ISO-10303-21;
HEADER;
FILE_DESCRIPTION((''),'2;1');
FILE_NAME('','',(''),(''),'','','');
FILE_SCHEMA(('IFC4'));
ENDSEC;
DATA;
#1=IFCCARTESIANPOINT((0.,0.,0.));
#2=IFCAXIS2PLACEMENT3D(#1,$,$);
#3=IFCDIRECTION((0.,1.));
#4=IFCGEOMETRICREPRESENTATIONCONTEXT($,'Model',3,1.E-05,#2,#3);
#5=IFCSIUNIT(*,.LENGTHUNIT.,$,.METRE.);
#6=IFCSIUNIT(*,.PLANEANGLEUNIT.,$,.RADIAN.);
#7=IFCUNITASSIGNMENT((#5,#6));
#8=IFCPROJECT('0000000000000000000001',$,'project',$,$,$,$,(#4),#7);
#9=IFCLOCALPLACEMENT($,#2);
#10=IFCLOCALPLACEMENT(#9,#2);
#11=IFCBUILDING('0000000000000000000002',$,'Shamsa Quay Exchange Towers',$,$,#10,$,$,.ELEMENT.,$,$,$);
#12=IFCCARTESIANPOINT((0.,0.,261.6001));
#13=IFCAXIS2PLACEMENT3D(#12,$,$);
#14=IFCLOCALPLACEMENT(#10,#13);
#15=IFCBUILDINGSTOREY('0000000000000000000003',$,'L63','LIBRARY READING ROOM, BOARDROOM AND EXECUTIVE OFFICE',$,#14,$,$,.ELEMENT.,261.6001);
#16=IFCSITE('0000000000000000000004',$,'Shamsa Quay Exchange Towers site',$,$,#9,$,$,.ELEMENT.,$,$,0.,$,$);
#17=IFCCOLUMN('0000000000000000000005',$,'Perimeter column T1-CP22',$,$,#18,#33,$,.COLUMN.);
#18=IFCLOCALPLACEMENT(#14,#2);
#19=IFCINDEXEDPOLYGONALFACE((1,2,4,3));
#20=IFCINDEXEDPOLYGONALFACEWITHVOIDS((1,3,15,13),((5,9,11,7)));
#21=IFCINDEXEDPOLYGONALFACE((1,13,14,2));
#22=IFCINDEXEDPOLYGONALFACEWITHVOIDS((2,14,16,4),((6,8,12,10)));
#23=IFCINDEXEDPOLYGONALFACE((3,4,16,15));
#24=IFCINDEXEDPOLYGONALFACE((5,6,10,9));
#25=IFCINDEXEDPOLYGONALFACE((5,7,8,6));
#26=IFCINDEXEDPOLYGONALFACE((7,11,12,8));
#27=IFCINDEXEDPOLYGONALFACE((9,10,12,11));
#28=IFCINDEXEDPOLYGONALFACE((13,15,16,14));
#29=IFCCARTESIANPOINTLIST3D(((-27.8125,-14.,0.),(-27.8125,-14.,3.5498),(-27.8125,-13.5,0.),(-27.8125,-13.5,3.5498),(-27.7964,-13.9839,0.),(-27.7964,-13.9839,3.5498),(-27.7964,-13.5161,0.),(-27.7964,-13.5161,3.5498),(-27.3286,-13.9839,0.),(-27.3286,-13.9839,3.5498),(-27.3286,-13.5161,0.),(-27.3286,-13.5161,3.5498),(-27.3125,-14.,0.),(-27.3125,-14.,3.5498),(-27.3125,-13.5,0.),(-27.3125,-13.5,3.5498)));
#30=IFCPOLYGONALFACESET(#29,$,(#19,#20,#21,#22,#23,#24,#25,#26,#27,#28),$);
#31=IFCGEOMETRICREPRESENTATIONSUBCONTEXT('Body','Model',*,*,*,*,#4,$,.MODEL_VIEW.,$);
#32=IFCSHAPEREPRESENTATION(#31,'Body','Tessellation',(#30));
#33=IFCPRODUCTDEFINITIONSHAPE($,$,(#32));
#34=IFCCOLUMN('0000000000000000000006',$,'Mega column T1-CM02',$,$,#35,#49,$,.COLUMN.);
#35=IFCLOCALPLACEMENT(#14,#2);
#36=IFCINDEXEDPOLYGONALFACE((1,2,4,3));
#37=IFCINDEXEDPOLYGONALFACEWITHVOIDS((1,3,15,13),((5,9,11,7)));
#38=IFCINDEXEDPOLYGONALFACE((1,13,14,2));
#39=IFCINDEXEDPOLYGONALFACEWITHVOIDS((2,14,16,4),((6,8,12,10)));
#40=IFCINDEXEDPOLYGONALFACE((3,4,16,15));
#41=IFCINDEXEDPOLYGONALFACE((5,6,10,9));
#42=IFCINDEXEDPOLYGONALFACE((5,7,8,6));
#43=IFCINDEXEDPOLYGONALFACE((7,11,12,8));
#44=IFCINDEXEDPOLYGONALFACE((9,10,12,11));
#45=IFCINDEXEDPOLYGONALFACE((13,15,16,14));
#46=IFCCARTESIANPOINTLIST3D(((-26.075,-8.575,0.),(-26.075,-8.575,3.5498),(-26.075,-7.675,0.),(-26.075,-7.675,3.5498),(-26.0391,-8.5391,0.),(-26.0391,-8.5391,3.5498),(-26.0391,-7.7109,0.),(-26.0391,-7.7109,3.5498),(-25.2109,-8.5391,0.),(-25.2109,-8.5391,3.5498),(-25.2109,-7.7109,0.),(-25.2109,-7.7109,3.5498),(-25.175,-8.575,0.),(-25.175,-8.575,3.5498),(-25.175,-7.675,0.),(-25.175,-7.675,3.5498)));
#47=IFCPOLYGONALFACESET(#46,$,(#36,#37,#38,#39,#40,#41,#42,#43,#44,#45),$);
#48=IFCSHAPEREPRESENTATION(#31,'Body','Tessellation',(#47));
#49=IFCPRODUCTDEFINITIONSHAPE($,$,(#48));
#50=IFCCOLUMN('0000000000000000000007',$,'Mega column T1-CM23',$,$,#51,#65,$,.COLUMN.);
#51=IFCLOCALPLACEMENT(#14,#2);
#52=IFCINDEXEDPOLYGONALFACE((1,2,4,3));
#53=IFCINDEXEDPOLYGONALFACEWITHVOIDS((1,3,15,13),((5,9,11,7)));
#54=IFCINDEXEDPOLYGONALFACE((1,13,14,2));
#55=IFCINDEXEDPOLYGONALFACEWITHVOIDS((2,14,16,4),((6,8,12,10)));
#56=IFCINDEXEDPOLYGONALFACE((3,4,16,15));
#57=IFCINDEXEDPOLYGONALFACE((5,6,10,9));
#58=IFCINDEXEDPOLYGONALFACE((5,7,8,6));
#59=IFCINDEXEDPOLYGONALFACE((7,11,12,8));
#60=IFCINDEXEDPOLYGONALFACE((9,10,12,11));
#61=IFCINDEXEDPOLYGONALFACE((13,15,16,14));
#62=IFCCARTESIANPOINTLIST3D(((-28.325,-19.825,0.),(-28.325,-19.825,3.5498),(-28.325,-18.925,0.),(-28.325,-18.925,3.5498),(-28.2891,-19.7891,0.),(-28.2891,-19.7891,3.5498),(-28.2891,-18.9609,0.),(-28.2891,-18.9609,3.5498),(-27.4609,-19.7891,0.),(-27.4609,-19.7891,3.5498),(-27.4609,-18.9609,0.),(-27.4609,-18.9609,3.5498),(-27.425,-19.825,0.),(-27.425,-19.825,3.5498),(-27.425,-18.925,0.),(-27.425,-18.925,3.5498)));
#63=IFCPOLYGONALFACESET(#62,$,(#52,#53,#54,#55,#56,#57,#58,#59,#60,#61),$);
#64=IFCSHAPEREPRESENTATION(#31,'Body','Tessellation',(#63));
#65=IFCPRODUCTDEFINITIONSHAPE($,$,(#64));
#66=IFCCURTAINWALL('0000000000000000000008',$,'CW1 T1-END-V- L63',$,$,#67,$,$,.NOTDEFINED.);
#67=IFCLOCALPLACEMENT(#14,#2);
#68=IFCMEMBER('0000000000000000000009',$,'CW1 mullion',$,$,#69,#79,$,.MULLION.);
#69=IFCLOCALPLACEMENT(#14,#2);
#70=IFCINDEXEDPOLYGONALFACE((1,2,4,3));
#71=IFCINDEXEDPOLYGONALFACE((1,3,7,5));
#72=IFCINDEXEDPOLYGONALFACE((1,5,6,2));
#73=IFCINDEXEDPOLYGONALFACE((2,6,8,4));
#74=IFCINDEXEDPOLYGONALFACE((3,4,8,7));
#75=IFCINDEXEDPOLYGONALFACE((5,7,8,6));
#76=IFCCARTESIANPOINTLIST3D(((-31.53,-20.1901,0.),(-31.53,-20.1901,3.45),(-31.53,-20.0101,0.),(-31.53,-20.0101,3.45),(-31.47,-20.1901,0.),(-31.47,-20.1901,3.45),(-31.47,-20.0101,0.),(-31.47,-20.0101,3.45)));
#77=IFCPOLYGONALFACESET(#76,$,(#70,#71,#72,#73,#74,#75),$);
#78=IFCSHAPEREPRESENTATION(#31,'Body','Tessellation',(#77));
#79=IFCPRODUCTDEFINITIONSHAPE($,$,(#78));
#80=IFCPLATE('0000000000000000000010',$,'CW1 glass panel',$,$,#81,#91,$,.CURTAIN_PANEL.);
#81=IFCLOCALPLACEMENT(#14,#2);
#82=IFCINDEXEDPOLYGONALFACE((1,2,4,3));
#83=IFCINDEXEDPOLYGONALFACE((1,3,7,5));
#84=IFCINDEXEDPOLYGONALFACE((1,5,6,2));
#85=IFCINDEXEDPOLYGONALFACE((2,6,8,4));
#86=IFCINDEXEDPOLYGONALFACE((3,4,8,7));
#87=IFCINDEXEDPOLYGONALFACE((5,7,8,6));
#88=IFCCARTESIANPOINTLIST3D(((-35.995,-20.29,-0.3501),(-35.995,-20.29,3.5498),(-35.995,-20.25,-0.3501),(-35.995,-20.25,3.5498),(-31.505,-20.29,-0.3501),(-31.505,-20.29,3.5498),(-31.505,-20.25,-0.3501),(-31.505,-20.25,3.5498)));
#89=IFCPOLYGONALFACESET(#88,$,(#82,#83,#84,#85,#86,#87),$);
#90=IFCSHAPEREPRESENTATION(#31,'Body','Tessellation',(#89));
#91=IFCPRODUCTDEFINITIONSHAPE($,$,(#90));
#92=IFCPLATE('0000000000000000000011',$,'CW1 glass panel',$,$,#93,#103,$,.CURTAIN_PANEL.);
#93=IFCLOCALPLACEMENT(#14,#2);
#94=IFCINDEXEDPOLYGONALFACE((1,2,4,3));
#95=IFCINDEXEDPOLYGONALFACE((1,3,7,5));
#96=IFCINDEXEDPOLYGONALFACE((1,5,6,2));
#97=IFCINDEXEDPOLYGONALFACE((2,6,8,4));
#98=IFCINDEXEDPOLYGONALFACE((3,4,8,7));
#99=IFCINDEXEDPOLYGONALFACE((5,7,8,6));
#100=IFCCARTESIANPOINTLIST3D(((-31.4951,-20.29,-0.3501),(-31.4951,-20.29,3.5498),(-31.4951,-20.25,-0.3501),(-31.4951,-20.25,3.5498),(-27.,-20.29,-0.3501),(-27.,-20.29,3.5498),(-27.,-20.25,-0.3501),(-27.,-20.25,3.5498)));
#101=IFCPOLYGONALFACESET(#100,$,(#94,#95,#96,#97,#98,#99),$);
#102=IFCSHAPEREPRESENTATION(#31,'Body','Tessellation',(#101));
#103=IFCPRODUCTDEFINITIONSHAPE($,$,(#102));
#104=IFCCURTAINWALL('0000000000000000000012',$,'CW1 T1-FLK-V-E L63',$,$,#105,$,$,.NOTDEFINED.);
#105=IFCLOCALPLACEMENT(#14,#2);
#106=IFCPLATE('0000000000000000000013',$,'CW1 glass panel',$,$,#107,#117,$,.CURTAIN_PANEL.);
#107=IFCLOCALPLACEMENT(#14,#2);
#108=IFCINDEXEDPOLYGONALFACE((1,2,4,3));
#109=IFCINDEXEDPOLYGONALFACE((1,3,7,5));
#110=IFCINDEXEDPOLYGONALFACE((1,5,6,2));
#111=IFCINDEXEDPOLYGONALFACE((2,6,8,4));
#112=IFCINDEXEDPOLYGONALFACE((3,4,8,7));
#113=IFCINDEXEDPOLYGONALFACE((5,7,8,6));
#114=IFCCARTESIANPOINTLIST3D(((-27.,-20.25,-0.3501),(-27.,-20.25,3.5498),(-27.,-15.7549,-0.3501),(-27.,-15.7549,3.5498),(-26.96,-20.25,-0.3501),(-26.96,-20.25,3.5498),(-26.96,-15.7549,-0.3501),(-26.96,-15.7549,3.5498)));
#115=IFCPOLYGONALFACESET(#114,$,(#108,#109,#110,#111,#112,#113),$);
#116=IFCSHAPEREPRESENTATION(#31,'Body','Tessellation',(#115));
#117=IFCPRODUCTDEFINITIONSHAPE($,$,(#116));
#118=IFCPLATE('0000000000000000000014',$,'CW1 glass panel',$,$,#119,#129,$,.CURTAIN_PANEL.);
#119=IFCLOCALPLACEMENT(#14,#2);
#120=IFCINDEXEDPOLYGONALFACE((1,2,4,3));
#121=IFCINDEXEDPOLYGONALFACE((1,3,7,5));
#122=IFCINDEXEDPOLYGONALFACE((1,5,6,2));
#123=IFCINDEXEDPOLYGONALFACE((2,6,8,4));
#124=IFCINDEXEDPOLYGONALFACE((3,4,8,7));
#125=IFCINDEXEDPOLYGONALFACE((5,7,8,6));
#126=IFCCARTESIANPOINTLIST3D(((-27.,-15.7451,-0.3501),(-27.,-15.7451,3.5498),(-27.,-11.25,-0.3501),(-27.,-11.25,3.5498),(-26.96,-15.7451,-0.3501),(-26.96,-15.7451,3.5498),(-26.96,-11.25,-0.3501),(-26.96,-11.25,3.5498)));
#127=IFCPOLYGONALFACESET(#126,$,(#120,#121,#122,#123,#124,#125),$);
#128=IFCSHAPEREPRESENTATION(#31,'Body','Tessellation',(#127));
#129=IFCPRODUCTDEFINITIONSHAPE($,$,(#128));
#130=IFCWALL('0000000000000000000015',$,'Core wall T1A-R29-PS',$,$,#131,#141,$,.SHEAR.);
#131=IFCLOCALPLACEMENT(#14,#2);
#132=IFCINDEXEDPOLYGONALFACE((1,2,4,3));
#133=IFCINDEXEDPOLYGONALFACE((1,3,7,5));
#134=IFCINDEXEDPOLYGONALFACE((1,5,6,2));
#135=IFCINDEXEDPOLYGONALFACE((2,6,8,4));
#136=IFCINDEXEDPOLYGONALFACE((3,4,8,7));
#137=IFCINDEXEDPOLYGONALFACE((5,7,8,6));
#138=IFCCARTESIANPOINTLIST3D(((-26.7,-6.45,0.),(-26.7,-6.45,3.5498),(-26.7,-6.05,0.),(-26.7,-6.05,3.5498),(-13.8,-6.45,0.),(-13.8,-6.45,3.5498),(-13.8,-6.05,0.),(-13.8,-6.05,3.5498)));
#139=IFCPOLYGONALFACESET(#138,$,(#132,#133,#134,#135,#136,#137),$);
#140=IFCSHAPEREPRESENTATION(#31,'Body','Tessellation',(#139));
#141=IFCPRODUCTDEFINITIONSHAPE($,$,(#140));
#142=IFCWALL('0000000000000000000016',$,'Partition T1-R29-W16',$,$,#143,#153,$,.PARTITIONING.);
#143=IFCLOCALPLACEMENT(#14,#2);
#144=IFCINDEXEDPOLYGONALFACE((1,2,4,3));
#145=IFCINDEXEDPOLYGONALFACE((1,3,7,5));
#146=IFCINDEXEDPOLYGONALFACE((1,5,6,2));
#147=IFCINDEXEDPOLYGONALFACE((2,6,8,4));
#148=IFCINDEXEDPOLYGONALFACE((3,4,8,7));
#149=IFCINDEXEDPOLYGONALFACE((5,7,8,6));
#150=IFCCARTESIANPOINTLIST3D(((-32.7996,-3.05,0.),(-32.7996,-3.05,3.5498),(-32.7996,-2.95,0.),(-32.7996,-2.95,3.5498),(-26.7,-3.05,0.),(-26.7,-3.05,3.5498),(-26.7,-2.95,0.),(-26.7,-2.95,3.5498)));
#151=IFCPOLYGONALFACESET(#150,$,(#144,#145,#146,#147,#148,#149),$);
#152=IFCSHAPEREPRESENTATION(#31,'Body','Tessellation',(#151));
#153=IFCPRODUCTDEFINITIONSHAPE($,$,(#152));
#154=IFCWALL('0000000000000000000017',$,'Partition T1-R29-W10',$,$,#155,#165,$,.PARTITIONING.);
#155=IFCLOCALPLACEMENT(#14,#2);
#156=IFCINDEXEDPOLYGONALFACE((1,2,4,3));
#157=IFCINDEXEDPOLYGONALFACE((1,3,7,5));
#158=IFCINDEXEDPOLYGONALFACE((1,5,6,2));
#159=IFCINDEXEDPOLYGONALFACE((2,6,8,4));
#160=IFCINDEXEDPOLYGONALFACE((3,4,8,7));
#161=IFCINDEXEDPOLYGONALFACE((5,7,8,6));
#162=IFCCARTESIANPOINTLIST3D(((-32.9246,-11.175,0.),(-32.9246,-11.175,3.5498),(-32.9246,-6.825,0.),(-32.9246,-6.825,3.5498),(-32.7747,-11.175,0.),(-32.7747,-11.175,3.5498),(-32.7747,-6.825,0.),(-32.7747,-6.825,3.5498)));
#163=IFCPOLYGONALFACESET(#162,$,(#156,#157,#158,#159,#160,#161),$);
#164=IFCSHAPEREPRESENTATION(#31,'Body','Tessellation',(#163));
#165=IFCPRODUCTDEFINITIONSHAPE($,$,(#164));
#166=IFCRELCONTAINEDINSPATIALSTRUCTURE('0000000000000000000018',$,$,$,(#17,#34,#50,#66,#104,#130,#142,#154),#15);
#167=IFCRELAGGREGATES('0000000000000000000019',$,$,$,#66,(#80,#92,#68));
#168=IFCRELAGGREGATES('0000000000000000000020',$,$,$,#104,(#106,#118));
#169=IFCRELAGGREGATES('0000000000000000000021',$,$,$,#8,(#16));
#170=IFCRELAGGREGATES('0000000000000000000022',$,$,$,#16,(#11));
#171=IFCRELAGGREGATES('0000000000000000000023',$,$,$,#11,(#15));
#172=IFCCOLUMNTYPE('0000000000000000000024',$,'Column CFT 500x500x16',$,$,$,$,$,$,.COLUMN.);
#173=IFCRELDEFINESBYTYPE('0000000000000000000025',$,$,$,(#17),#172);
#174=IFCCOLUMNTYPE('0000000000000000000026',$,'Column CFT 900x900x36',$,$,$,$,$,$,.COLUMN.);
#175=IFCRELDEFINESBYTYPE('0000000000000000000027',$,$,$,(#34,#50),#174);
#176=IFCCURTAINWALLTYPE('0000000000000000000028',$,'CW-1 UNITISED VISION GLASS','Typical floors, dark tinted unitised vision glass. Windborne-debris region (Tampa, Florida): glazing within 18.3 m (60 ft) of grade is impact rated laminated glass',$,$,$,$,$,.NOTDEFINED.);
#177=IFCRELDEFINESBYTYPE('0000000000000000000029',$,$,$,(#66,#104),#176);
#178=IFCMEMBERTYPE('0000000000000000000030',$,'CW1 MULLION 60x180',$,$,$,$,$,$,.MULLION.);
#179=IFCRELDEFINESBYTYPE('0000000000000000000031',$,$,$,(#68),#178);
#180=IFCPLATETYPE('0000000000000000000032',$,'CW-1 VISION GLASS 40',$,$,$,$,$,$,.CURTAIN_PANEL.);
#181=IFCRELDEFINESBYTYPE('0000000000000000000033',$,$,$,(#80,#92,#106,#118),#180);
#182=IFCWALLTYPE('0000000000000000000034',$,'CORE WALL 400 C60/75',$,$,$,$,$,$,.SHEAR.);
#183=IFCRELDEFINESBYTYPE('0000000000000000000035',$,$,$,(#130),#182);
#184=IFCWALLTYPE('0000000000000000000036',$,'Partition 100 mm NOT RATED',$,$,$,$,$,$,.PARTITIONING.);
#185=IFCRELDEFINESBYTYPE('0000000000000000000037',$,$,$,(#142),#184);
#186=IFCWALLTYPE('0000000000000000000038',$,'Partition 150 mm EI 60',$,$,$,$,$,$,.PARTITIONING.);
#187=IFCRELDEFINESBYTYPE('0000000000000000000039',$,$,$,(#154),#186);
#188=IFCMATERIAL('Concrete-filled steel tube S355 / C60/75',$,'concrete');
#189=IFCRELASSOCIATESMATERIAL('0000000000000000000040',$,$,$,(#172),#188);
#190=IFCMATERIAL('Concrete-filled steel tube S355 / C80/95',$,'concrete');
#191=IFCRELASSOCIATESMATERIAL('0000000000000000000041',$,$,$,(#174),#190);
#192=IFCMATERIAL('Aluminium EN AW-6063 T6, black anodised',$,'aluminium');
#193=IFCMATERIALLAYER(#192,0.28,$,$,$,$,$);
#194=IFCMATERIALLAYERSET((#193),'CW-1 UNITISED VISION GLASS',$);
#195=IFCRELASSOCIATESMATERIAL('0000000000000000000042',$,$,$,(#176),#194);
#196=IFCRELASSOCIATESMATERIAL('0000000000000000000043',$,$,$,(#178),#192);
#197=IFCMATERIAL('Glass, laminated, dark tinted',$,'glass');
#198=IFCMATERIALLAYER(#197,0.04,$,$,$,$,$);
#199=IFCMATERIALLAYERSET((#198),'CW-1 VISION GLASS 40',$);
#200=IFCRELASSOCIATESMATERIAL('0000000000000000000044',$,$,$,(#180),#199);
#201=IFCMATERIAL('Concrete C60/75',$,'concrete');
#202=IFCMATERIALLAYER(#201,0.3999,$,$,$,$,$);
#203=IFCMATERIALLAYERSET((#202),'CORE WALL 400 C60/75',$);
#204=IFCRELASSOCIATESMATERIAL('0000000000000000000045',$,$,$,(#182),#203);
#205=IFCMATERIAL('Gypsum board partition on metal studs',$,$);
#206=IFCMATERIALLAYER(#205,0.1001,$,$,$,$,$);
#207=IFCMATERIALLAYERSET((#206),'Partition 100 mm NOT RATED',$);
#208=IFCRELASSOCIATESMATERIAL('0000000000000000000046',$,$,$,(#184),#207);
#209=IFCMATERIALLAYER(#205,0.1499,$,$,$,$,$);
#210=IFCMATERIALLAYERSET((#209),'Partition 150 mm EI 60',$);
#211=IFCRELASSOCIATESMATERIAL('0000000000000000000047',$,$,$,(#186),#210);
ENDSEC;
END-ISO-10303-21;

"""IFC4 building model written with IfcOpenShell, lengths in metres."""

from ifc_helpers import new_model, si_unit, direction, frame, frame_2d, origin, origin_2d, place, context, subcontext, project, spatial, rectangle, hollow_rectangle, extrude, material, layer, layer_set, material_profile, profile_set, type_object, element, aggregate, save


model = new_model("IFC4")

# Units and contexts
model_context = context("Model", 3, precision=1e-05, world=origin(), true_north=direction((0.0, 1.0)))
body_context = subcontext(model_context, "Body", "Model", "MODEL_VIEW")
ifc_project = project(units=[si_unit("LENGTHUNIT", "METRE"), si_unit("PLANEANGLEUNIT", "RADIAN")], contexts=[model_context])

# Site, building, storey
site_placement = place(None, origin())
site = spatial("IfcSite", under=ifc_project, at=site_placement, Name="Shamsa Quay Exchange Towers site", CompositionType="ELEMENT", RefElevation=0.0)
building_placement = place(site_placement, origin())
building = spatial("IfcBuilding", under=site, at=building_placement, Name="Shamsa Quay Exchange Towers", CompositionType="ELEMENT")
storey_placement = place(building_placement, frame((0.0, 0.0, 261.6001)))
storey = spatial("IfcBuildingStorey", under=building, at=storey_placement, Name="L63", Description="LIBRARY READING ROOM, BOARDROOM AND EXECUTIVE OFFICE", CompositionType="ELEMENT", Elevation=261.6001)

# Columns
ifc_material_1 = material(Name="Concrete-filled steel tube S355 / C60/75", Category="concrete")
ifc_material_profile_1 = material_profile(ifc_material_1, hollow_rectangle(XDim=0.5, YDim=0.5, WallThickness=0.0161, at=origin_2d()), Name="CFT 500x500x16")
ifc_profile_set_1 = profile_set([ifc_material_profile_1], Name="Concrete-filled steel tube S355 / C60/75")
column_type_1 = type_object("IfcColumnType", Name="Column CFT 500x500x16", PredefinedType="COLUMN", material=ifc_profile_set_1)
column_placement = place(storey_placement, frame((-27.5625, -13.75, 0.0)))
element("IfcColumn", 1, at=column_placement, inside=storey, type_object=column_type_1, Name="Perimeter column T1-CP22", PredefinedType="COLUMN", context=body_context, shape_type="SweptSolid", body=[
    extrude(hollow_rectangle(XDim=0.5, YDim=0.5, WallThickness=0.0161, at=origin_2d()), origin(), (0.0, 0.0, 1.0), 3.5498),
])
ifc_material_2 = material(Name="Concrete-filled steel tube S355 / C80/95", Category="concrete")
ifc_material_profile_2 = material_profile(ifc_material_2, hollow_rectangle(XDim=0.8999, YDim=0.8999, WallThickness=0.0359, at=origin_2d()), Name="CFT 900x900x36")
ifc_profile_set_2 = profile_set([ifc_material_profile_2], Name="Concrete-filled steel tube S355 / C80/95")
column_type_2 = type_object("IfcColumnType", Name="Column CFT 900x900x36", PredefinedType="COLUMN", material=ifc_profile_set_2)
for number, where, name in (
    (2, (-25.625, -8.125, 0.0), "Mega column T1-CM02"),
    (3, (-27.875, -19.375, 0.0), "Mega column T1-CM23"),
):
    element("IfcColumn", number, at=place(storey_placement, frame(where)), inside=storey, type_object=column_type_2, Name=name, PredefinedType="COLUMN", context=body_context, shape_type="SweptSolid", body=[
        extrude(hollow_rectangle(XDim=0.8999, YDim=0.8999, WallThickness=0.0359, at=origin_2d()), origin(), (0.0, 0.0, 1.0), 3.5498),
    ])

# Curtain wall, member, plates
ifc_material_3 = material(Name="Aluminium EN AW-6063 T6, black anodised", Category="aluminium")
ifc_layer_1 = layer(ifc_material_3, 0.28)
ifc_layer_set_1 = layer_set([ifc_layer_1], Name="CW-1 UNITISED VISION GLASS")
curtain_wall_type = type_object("IfcCurtainWallType", Name="CW-1 UNITISED VISION GLASS", Description="Typical floors, dark tinted unitised vision glass. Windborne-debris region (Tampa, Florida): glazing within 18.3 m (60 ft) of grade is impact rated laminated glass", PredefinedType="NOTDEFINED", material=ifc_layer_set_1)
curtain_wall_1_placement = place(storey_placement, origin())
curtain_wall_1 = element("IfcCurtainWall", 4, at=curtain_wall_1_placement, inside=storey, type_object=curtain_wall_type, Name="CW1 T1-END-V- L63", PredefinedType="NOTDEFINED")
ifc_material_profile_3 = material_profile(ifc_material_3, rectangle(XDim=0.1799, YDim=0.0601, at=origin_2d()), Name="MU60x180")
ifc_profile_set_3 = profile_set([ifc_material_profile_3], Name="Aluminium EN AW-6063 T6, black anodised")
member_type = type_object("IfcMemberType", Name="CW1 MULLION 60x180", PredefinedType="MULLION", material=ifc_profile_set_3)
member_placement = place(storey_placement, frame((-31.5, -20.1001, 0.0), z_axis=(0.0, 0.0, 1.0), x_axis=(0.0, 1.0, 0.0)))
member = element("IfcMember", 5, at=member_placement, type_object=member_type, Name="CW1 mullion", PredefinedType="MULLION", context=body_context, shape_type="SweptSolid", body=[
    extrude(rectangle(XDim=0.1799, YDim=0.0601, at=origin_2d()), origin(), (0.0, 0.0, 1.0), 3.45),
])
ifc_material_4 = material(Name="Glass, laminated, dark tinted", Category="glass")
ifc_layer_2 = layer(ifc_material_4, 0.04)
ifc_layer_set_2 = layer_set([ifc_layer_2], Name="CW-1 VISION GLASS 40")
plate_type = type_object("IfcPlateType", Name="CW-1 VISION GLASS 40", PredefinedType="CURTAIN_PANEL", material=ifc_layer_set_2)
plate_1_placement = place(storey_placement, frame((-33.75, -20.27, -0.3501)))
plate_1 = element("IfcPlate", 6, at=plate_1_placement, type_object=plate_type, Name="CW1 glass panel", PredefinedType="CURTAIN_PANEL", context=body_context, shape_type="SweptSolid", body=[
    extrude(rectangle(XDim=4.49, YDim=0.04, at=origin_2d()), origin(), (0.0, 0.0, 1.0), 3.8999),
])
plate_2_placement = place(storey_placement, frame((-29.2476, -20.27, -0.3501)))
plate_2 = element("IfcPlate", 7, at=plate_2_placement, type_object=plate_type, Name="CW1 glass panel", PredefinedType="CURTAIN_PANEL", context=body_context, shape_type="SweptSolid", body=[
    extrude(rectangle(XDim=4.4951, YDim=0.04, at=origin_2d()), origin(), (0.0, 0.0, 1.0), 3.8999),
])
aggregate(curtain_wall_1, [plate_1, plate_2, member])

# Curtain wall, plates
curtain_wall_2_placement = place(storey_placement, origin())
curtain_wall_2 = element("IfcCurtainWall", 8, at=curtain_wall_2_placement, inside=storey, type_object=curtain_wall_type, Name="CW1 T1-FLK-V-E L63", PredefinedType="NOTDEFINED")
plate_3_placement = place(storey_placement, frame((-26.98, -18.0024, -0.3501), z_axis=(0.0, 0.0, 1.0), x_axis=(0.0, 1.0, 0.0)))
plate_3 = element("IfcPlate", 9, at=plate_3_placement, type_object=plate_type, Name="CW1 glass panel", PredefinedType="CURTAIN_PANEL", context=body_context, shape_type="SweptSolid", body=[
    extrude(rectangle(XDim=4.4951, YDim=0.04, at=origin_2d()), origin(), (0.0, 0.0, 1.0), 3.8999),
])
plate_4_placement = place(storey_placement, frame((-26.98, -13.4976, -0.3501), z_axis=(0.0, 0.0, 1.0), x_axis=(0.0, 1.0, 0.0)))
plate_4 = element("IfcPlate", 10, at=plate_4_placement, type_object=plate_type, Name="CW1 glass panel", PredefinedType="CURTAIN_PANEL", context=body_context, shape_type="SweptSolid", body=[
    extrude(rectangle(XDim=4.4951, YDim=0.04, at=origin_2d()), origin(), (0.0, 0.0, 1.0), 3.8999),
])
aggregate(curtain_wall_2, [plate_3, plate_4])

# Walls
ifc_material_5 = material(Name="Concrete C60/75", Category="concrete")
ifc_layer_3 = layer(ifc_material_5, 0.3999)
ifc_layer_set_3 = layer_set([ifc_layer_3], Name="CORE WALL 400 C60/75")
wall_type_1 = type_object("IfcWallType", Name="CORE WALL 400 C60/75", PredefinedType="SHEAR", material=ifc_layer_set_3)
wall_1_placement = place(storey_placement, frame((-26.7, -6.25, 0.0)))
element("IfcWall", 11, at=wall_1_placement, inside=storey, type_object=wall_type_1, Name="Core wall T1A-R29-PS", PredefinedType="SHEAR", context=body_context, shape_type="SweptSolid", body=[
    extrude(rectangle(XDim=12.8999, YDim=0.3999, at=frame_2d((6.45, 0.0))), origin(), (0.0, 0.0, 1.0), 3.5498),
])
ifc_material_6 = material(Name="Gypsum board partition on metal studs")
ifc_layer_4 = layer(ifc_material_6, 0.1001)
ifc_layer_set_4 = layer_set([ifc_layer_4], Name="Partition 100 mm NOT RATED")
wall_type_2 = type_object("IfcWallType", Name="Partition 100 mm NOT RATED", PredefinedType="PARTITIONING", material=ifc_layer_set_4)
wall_2_placement = place(storey_placement, frame((-26.7, -3.0, 0.0), z_axis=(0.0, 0.0, 1.0), x_axis=(-1.0, 0.0, 0.0)))
element("IfcWall", 12, at=wall_2_placement, inside=storey, type_object=wall_type_2, Name="Partition T1-R29-W16", PredefinedType="PARTITIONING", context=body_context, shape_type="SweptSolid", body=[
    extrude(rectangle(XDim=6.0996, YDim=0.1001, at=frame_2d((3.0498, 0.0))), origin(), (0.0, 0.0, 1.0), 3.5498),
])
ifc_layer_5 = layer(ifc_material_6, 0.1499)
ifc_layer_set_5 = layer_set([ifc_layer_5], Name="Partition 150 mm EI 60")
wall_type_3 = type_object("IfcWallType", Name="Partition 150 mm EI 60", PredefinedType="PARTITIONING", material=ifc_layer_set_5)
wall_3_placement = place(storey_placement, frame((-32.8496, -6.825, 0.0), z_axis=(0.0, 0.0, 1.0), x_axis=(0.0, -1.0, 0.0)))
element("IfcWall", 13, at=wall_3_placement, inside=storey, type_object=wall_type_3, Name="Partition T1-R29-W10", PredefinedType="PARTITIONING", context=body_context, shape_type="SweptSolid", body=[
    extrude(rectangle(XDim=4.3501, YDim=0.1499, at=frame_2d((2.175, 0.0))), origin(), (0.0, 0.0, 1.0), 3.5498),
])

save(model, "model.ifc")
